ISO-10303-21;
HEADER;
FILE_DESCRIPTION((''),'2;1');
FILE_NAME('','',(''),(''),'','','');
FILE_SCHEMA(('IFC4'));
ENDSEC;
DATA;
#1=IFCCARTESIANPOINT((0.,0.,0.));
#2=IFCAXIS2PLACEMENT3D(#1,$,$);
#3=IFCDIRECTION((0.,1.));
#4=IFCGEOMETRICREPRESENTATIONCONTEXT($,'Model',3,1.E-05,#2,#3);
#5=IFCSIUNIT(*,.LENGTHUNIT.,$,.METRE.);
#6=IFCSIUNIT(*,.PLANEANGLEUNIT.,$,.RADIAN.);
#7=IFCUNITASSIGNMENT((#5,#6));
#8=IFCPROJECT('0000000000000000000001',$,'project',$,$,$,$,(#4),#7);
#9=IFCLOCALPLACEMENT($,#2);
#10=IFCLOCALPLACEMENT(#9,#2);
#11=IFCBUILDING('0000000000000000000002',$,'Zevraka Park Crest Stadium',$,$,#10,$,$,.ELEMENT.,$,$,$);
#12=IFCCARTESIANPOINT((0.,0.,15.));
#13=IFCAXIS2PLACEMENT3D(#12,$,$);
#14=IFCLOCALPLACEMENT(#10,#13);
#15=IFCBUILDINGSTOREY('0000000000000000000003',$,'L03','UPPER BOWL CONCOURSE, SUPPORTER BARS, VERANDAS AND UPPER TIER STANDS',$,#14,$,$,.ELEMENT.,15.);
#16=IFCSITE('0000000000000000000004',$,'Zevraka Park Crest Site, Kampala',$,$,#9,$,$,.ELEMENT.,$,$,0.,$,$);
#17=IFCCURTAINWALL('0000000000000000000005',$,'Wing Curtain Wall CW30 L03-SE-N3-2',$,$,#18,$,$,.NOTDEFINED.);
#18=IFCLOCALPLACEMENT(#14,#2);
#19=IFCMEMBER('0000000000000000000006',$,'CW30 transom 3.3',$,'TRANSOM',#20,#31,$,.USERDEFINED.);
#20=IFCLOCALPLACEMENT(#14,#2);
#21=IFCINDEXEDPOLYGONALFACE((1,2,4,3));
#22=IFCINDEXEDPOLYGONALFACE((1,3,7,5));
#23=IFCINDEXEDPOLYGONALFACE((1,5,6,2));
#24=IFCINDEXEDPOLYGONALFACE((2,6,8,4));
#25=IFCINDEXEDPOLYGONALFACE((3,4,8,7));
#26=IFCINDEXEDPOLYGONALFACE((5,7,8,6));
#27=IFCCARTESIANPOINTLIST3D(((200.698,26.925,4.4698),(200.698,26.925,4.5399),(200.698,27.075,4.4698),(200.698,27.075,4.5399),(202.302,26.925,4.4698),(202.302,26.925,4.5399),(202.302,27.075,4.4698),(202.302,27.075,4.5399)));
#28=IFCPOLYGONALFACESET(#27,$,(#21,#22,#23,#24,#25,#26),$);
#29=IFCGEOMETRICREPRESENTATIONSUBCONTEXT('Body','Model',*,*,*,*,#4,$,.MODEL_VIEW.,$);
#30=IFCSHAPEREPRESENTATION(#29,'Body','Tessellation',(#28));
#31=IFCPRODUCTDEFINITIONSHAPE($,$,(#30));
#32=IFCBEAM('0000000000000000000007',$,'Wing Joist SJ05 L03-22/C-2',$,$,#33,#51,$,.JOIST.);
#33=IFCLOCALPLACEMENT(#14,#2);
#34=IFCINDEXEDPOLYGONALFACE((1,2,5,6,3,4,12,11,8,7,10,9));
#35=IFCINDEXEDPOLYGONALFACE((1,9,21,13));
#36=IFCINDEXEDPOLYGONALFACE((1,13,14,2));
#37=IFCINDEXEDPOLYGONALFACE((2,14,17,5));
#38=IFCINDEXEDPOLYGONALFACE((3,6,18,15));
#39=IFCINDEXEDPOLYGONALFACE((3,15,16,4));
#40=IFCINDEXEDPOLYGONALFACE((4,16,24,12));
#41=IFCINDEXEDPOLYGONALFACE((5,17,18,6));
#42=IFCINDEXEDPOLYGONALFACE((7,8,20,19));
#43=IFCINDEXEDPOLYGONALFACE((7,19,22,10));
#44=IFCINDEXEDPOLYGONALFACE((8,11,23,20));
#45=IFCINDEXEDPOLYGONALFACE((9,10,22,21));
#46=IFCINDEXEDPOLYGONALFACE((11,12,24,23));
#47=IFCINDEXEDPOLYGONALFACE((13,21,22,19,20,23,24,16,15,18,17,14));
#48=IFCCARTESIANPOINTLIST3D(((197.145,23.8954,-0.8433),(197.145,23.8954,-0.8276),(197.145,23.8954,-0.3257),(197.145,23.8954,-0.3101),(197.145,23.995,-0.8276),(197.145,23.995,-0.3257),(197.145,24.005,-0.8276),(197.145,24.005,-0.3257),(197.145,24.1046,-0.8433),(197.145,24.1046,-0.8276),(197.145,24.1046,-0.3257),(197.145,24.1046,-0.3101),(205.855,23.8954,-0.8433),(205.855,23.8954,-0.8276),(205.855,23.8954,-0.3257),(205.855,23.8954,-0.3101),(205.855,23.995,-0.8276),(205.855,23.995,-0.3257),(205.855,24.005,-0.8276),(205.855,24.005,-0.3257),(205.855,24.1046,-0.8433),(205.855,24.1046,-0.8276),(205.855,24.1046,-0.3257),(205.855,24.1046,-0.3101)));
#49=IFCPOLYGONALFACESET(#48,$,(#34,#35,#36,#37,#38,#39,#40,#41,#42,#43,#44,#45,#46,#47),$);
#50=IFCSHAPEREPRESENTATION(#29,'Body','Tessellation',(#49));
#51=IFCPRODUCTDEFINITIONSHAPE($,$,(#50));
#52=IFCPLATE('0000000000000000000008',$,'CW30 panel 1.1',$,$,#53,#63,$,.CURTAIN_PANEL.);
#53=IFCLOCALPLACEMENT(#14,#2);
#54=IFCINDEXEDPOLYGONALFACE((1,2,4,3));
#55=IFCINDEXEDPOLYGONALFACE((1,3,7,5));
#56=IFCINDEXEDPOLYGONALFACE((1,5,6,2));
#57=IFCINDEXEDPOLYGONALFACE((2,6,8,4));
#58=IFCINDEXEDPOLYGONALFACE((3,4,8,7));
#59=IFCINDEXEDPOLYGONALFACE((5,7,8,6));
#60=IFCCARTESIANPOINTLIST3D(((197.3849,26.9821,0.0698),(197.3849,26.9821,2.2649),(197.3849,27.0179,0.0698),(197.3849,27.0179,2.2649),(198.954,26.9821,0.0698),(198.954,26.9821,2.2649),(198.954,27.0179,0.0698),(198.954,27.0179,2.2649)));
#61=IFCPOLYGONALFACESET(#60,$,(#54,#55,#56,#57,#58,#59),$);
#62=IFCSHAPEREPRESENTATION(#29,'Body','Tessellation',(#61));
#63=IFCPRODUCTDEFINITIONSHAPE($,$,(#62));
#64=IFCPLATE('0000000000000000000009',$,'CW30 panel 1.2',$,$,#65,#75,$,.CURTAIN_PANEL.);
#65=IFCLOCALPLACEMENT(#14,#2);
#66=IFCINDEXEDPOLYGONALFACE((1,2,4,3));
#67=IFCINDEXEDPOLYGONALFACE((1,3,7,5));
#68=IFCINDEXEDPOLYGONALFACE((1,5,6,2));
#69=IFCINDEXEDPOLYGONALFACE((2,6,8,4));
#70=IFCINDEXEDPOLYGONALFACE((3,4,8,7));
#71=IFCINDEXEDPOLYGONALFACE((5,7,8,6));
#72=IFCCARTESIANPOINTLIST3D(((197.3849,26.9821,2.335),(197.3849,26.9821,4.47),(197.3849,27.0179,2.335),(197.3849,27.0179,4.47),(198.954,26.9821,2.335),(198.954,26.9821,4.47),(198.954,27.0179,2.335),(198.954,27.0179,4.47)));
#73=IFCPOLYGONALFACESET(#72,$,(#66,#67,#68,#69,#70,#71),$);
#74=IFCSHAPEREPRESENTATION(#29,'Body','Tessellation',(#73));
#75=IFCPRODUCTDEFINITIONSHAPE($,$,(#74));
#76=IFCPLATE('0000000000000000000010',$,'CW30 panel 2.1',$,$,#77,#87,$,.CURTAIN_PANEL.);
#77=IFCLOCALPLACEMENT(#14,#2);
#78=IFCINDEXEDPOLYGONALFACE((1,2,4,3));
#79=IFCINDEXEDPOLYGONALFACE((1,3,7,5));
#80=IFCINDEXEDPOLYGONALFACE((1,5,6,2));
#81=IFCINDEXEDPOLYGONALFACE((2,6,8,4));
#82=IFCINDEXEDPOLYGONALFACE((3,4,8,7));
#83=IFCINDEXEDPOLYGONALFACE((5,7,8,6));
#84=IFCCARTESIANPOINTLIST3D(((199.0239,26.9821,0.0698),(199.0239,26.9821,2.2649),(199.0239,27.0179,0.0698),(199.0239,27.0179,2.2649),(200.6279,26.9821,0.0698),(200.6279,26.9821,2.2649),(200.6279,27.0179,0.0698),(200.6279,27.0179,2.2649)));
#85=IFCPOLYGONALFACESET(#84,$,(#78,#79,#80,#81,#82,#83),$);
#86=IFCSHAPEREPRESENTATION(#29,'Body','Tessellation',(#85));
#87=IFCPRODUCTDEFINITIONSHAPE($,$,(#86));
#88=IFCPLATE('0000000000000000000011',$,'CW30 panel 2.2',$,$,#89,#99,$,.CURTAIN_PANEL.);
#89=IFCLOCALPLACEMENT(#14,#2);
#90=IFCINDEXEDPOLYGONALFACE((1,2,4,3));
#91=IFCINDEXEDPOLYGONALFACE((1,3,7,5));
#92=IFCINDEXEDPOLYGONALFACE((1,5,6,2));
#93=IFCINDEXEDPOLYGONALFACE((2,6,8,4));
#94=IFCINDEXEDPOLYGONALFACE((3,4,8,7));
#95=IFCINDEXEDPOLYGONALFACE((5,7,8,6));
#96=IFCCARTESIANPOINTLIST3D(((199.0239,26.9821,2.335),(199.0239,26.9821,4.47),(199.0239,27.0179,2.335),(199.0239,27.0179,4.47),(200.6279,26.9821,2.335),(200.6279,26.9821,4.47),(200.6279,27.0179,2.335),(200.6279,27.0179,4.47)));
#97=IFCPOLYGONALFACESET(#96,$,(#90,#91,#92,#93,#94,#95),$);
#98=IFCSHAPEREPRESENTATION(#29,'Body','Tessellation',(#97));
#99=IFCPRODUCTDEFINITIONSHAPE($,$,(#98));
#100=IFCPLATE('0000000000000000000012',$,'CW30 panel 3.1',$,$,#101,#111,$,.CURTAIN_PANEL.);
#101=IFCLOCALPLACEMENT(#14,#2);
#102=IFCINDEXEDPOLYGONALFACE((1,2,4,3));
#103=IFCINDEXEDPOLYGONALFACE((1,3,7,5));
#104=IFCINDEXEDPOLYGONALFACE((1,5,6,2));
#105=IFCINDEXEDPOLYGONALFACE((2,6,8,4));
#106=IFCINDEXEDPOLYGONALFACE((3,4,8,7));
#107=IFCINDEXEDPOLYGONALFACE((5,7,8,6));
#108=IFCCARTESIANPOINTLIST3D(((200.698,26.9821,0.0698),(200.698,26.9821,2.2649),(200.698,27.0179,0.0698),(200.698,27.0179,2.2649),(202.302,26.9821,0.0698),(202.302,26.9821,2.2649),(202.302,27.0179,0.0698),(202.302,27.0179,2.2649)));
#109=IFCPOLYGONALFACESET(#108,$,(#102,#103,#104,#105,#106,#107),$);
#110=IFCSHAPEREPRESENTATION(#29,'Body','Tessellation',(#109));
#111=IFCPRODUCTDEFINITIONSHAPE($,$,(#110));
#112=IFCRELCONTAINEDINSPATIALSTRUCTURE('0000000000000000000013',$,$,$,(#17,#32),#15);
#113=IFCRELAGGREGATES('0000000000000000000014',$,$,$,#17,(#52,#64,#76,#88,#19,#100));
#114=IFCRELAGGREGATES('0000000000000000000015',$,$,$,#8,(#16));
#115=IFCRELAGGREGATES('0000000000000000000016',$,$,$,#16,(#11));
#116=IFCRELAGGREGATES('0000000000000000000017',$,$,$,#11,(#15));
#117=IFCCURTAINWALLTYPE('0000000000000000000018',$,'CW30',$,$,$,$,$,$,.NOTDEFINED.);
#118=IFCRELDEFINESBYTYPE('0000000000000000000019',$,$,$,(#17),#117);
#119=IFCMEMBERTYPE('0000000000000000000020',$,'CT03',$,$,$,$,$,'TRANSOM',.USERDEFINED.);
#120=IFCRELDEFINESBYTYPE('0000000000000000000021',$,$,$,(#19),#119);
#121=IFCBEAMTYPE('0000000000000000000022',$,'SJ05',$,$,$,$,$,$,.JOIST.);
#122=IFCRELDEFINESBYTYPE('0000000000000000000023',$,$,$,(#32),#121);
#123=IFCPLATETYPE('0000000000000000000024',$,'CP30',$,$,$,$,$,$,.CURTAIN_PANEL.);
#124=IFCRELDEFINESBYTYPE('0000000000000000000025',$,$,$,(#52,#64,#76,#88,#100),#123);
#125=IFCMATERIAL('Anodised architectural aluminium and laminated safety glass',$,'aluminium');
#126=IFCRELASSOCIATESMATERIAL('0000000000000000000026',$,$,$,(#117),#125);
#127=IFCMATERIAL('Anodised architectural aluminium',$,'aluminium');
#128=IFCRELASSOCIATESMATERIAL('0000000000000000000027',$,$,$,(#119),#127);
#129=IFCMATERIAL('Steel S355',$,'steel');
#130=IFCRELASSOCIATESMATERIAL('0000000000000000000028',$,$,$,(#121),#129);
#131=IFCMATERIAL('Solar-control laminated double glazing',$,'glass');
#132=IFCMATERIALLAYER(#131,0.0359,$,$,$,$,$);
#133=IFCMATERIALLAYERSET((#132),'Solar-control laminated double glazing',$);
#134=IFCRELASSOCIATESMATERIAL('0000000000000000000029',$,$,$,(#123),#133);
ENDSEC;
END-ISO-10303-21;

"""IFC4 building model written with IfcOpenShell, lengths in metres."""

from ifc_helpers import new_model, si_unit, direction, frame, origin, origin_2d, place, context, subcontext, project, spatial, rectangle, i_section, extrude, material, layer, layer_set, material_profile, profile_set, type_object, element, aggregate, save


model = new_model("IFC4")

# Units and contexts
model_context = context("Model", 3, precision=1e-05, world=origin(), true_north=direction((0.0, 1.0)))
body_context = subcontext(model_context, "Body", "Model", "MODEL_VIEW")
ifc_project = project(units=[si_unit("LENGTHUNIT", "METRE"), si_unit("PLANEANGLEUNIT", "RADIAN")], contexts=[model_context])

# Site, building, storey
site_placement = place(None, origin())
site = spatial("IfcSite", under=ifc_project, at=site_placement, Name="Zevraka Park Crest Site, Kampala", CompositionType="ELEMENT", RefElevation=0.0)
building_placement = place(site_placement, origin())
building = spatial("IfcBuilding", under=site, at=building_placement, Name="Zevraka Park Crest Stadium", CompositionType="ELEMENT")
storey_placement = place(building_placement, frame((0.0, 0.0, 15.0)))
storey = spatial("IfcBuildingStorey", under=building, at=storey_placement, Name="L03", Description="UPPER BOWL CONCOURSE, SUPPORTER BARS, VERANDAS AND UPPER TIER STANDS", CompositionType="ELEMENT", Elevation=15.0)

# Curtain wall, member
ifc_material_1 = material(Name="Anodised architectural aluminium and laminated safety glass", Category="aluminium")
curtain_wall_type = type_object("IfcCurtainWallType", Name="CW30", PredefinedType="NOTDEFINED", material=ifc_material_1)
curtain_wall_placement = place(storey_placement, origin())
curtain_wall = element("IfcCurtainWall", 1, at=curtain_wall_placement, inside=storey, type_object=curtain_wall_type, Name="Wing Curtain Wall CW30 L03-SE-N3-2", PredefinedType="NOTDEFINED")
ifc_material_2 = material(Name="Anodised architectural aluminium", Category="aluminium")
ifc_material_profile_1 = material_profile(ifc_material_2, rectangle(XDim=0.1499, YDim=0.0701, at=origin_2d()), Name="ALU TRANSOM 150x70")
ifc_profile_set_1 = profile_set([ifc_material_profile_1], Name="Anodised architectural aluminium")
member_type_1 = type_object("IfcMemberType", Name="CT03", ElementType="TRANSOM", PredefinedType="USERDEFINED", material=ifc_profile_set_1)
member_1_placement = place(storey_placement, frame((200.698, 27.0, 4.5049), z_axis=(1.0, 0.0, 0.0), x_axis=(0.0, 1.0, 0.0)))
member_1 = element("IfcMember", 2, at=member_1_placement, type_object=member_type_1, Name="CW30 transom 3.3", ObjectType="TRANSOM", PredefinedType="USERDEFINED", context=body_context, shape_type="SweptSolid", body=[
    extrude(rectangle(XDim=0.1499, YDim=0.0701, at=origin_2d()), origin(), (0.0, 0.0, 1.0), 1.604),
])

# Beam
ifc_material_3 = material(Name="Steel S355", Category="steel")
ifc_material_profile_2 = material_profile(ifc_material_3, i_section(OverallWidth=0.2092, OverallDepth=0.5332, WebThickness=0.01, FlangeThickness=0.0156, at=origin_2d()), Name="UKB 533x210x92")
ifc_profile_set_2 = profile_set([ifc_material_profile_2], Name="Steel S355")
beam_type_1 = type_object("IfcBeamType", Name="SJ05", PredefinedType="JOIST", material=ifc_profile_set_2)
beam_placement = place(storey_placement, frame((197.145, 24.0, -0.5767), z_axis=(1.0, 0.0, 0.0), x_axis=(0.0, 1.0, 0.0)))
element("IfcBeam", 3, at=beam_placement, inside=storey, type_object=beam_type_1, Name="Wing Joist SJ05 L03-22/C-2", PredefinedType="JOIST", context=body_context, shape_type="SweptSolid", body=[
    extrude(i_section(OverallWidth=0.2092, OverallDepth=0.5332, WebThickness=0.01, FlangeThickness=0.0156, at=origin_2d()), origin(), (0.0, 0.0, 1.0), 8.71),
])

# Plates
ifc_material_4 = material(Name="Solar-control laminated double glazing", Category="glass")
ifc_layer = layer(ifc_material_4, 0.0359)
ifc_layer_set = layer_set([ifc_layer], Name="Solar-control laminated double glazing")
plate_type = type_object("IfcPlateType", Name="CP30", PredefinedType="CURTAIN_PANEL", material=ifc_layer_set)
plate_1_placement = place(storey_placement, frame((198.1694, 27.0, 0.0698), z_axis=(0.0, 0.0, 1.0), x_axis=(1.0, 0.0, 0.0)))
plate_1 = element("IfcPlate", 4, at=plate_1_placement, type_object=plate_type, Name="CW30 panel 1.1", PredefinedType="CURTAIN_PANEL", context=body_context, shape_type="SweptSolid", body=[
    extrude(rectangle(XDim=1.5691, YDim=0.0359, at=origin_2d()), origin(), (0.0, 0.0, 1.0), 2.1951),
])
plate_2_placement = place(storey_placement, frame((198.1694, 27.0, 2.335), z_axis=(0.0, 0.0, 1.0), x_axis=(1.0, 0.0, 0.0)))
plate_2 = element("IfcPlate", 5, at=plate_2_placement, type_object=plate_type, Name="CW30 panel 1.2", PredefinedType="CURTAIN_PANEL", context=body_context, shape_type="SweptSolid", body=[
    extrude(rectangle(XDim=1.5691, YDim=0.0359, at=origin_2d()), origin(), (0.0, 0.0, 1.0), 2.135),
])
plate_3_placement = place(storey_placement, frame((199.8259, 27.0, 0.0698), z_axis=(0.0, 0.0, 1.0), x_axis=(1.0, 0.0, 0.0)))
plate_3 = element("IfcPlate", 6, at=plate_3_placement, type_object=plate_type, Name="CW30 panel 2.1", PredefinedType="CURTAIN_PANEL", context=body_context, shape_type="SweptSolid", body=[
    extrude(rectangle(XDim=1.604, YDim=0.0359, at=origin_2d()), origin(), (0.0, 0.0, 1.0), 2.1951),
])
plate_4_placement = place(storey_placement, frame((199.8259, 27.0, 2.335), z_axis=(0.0, 0.0, 1.0), x_axis=(1.0, 0.0, 0.0)))
plate_4 = element("IfcPlate", 7, at=plate_4_placement, type_object=plate_type, Name="CW30 panel 2.2", PredefinedType="CURTAIN_PANEL", context=body_context, shape_type="SweptSolid", body=[
    extrude(rectangle(XDim=1.604, YDim=0.0359, at=origin_2d()), origin(), (0.0, 0.0, 1.0), 2.135),
])
plate_5_placement = place(storey_placement, frame((201.5, 27.0, 0.0698), z_axis=(0.0, 0.0, 1.0), x_axis=(1.0, 0.0, 0.0)))
plate_5 = element("IfcPlate", 8, at=plate_5_placement, type_object=plate_type, Name="CW30 panel 3.1", PredefinedType="CURTAIN_PANEL", context=body_context, shape_type="SweptSolid", body=[
    extrude(rectangle(XDim=1.604, YDim=0.0359, at=origin_2d()), origin(), (0.0, 0.0, 1.0), 2.1951),
])
aggregate(curtain_wall, [plate_1, plate_2, plate_3, plate_4, member_1, plate_5])

save(model, "model.ifc")
